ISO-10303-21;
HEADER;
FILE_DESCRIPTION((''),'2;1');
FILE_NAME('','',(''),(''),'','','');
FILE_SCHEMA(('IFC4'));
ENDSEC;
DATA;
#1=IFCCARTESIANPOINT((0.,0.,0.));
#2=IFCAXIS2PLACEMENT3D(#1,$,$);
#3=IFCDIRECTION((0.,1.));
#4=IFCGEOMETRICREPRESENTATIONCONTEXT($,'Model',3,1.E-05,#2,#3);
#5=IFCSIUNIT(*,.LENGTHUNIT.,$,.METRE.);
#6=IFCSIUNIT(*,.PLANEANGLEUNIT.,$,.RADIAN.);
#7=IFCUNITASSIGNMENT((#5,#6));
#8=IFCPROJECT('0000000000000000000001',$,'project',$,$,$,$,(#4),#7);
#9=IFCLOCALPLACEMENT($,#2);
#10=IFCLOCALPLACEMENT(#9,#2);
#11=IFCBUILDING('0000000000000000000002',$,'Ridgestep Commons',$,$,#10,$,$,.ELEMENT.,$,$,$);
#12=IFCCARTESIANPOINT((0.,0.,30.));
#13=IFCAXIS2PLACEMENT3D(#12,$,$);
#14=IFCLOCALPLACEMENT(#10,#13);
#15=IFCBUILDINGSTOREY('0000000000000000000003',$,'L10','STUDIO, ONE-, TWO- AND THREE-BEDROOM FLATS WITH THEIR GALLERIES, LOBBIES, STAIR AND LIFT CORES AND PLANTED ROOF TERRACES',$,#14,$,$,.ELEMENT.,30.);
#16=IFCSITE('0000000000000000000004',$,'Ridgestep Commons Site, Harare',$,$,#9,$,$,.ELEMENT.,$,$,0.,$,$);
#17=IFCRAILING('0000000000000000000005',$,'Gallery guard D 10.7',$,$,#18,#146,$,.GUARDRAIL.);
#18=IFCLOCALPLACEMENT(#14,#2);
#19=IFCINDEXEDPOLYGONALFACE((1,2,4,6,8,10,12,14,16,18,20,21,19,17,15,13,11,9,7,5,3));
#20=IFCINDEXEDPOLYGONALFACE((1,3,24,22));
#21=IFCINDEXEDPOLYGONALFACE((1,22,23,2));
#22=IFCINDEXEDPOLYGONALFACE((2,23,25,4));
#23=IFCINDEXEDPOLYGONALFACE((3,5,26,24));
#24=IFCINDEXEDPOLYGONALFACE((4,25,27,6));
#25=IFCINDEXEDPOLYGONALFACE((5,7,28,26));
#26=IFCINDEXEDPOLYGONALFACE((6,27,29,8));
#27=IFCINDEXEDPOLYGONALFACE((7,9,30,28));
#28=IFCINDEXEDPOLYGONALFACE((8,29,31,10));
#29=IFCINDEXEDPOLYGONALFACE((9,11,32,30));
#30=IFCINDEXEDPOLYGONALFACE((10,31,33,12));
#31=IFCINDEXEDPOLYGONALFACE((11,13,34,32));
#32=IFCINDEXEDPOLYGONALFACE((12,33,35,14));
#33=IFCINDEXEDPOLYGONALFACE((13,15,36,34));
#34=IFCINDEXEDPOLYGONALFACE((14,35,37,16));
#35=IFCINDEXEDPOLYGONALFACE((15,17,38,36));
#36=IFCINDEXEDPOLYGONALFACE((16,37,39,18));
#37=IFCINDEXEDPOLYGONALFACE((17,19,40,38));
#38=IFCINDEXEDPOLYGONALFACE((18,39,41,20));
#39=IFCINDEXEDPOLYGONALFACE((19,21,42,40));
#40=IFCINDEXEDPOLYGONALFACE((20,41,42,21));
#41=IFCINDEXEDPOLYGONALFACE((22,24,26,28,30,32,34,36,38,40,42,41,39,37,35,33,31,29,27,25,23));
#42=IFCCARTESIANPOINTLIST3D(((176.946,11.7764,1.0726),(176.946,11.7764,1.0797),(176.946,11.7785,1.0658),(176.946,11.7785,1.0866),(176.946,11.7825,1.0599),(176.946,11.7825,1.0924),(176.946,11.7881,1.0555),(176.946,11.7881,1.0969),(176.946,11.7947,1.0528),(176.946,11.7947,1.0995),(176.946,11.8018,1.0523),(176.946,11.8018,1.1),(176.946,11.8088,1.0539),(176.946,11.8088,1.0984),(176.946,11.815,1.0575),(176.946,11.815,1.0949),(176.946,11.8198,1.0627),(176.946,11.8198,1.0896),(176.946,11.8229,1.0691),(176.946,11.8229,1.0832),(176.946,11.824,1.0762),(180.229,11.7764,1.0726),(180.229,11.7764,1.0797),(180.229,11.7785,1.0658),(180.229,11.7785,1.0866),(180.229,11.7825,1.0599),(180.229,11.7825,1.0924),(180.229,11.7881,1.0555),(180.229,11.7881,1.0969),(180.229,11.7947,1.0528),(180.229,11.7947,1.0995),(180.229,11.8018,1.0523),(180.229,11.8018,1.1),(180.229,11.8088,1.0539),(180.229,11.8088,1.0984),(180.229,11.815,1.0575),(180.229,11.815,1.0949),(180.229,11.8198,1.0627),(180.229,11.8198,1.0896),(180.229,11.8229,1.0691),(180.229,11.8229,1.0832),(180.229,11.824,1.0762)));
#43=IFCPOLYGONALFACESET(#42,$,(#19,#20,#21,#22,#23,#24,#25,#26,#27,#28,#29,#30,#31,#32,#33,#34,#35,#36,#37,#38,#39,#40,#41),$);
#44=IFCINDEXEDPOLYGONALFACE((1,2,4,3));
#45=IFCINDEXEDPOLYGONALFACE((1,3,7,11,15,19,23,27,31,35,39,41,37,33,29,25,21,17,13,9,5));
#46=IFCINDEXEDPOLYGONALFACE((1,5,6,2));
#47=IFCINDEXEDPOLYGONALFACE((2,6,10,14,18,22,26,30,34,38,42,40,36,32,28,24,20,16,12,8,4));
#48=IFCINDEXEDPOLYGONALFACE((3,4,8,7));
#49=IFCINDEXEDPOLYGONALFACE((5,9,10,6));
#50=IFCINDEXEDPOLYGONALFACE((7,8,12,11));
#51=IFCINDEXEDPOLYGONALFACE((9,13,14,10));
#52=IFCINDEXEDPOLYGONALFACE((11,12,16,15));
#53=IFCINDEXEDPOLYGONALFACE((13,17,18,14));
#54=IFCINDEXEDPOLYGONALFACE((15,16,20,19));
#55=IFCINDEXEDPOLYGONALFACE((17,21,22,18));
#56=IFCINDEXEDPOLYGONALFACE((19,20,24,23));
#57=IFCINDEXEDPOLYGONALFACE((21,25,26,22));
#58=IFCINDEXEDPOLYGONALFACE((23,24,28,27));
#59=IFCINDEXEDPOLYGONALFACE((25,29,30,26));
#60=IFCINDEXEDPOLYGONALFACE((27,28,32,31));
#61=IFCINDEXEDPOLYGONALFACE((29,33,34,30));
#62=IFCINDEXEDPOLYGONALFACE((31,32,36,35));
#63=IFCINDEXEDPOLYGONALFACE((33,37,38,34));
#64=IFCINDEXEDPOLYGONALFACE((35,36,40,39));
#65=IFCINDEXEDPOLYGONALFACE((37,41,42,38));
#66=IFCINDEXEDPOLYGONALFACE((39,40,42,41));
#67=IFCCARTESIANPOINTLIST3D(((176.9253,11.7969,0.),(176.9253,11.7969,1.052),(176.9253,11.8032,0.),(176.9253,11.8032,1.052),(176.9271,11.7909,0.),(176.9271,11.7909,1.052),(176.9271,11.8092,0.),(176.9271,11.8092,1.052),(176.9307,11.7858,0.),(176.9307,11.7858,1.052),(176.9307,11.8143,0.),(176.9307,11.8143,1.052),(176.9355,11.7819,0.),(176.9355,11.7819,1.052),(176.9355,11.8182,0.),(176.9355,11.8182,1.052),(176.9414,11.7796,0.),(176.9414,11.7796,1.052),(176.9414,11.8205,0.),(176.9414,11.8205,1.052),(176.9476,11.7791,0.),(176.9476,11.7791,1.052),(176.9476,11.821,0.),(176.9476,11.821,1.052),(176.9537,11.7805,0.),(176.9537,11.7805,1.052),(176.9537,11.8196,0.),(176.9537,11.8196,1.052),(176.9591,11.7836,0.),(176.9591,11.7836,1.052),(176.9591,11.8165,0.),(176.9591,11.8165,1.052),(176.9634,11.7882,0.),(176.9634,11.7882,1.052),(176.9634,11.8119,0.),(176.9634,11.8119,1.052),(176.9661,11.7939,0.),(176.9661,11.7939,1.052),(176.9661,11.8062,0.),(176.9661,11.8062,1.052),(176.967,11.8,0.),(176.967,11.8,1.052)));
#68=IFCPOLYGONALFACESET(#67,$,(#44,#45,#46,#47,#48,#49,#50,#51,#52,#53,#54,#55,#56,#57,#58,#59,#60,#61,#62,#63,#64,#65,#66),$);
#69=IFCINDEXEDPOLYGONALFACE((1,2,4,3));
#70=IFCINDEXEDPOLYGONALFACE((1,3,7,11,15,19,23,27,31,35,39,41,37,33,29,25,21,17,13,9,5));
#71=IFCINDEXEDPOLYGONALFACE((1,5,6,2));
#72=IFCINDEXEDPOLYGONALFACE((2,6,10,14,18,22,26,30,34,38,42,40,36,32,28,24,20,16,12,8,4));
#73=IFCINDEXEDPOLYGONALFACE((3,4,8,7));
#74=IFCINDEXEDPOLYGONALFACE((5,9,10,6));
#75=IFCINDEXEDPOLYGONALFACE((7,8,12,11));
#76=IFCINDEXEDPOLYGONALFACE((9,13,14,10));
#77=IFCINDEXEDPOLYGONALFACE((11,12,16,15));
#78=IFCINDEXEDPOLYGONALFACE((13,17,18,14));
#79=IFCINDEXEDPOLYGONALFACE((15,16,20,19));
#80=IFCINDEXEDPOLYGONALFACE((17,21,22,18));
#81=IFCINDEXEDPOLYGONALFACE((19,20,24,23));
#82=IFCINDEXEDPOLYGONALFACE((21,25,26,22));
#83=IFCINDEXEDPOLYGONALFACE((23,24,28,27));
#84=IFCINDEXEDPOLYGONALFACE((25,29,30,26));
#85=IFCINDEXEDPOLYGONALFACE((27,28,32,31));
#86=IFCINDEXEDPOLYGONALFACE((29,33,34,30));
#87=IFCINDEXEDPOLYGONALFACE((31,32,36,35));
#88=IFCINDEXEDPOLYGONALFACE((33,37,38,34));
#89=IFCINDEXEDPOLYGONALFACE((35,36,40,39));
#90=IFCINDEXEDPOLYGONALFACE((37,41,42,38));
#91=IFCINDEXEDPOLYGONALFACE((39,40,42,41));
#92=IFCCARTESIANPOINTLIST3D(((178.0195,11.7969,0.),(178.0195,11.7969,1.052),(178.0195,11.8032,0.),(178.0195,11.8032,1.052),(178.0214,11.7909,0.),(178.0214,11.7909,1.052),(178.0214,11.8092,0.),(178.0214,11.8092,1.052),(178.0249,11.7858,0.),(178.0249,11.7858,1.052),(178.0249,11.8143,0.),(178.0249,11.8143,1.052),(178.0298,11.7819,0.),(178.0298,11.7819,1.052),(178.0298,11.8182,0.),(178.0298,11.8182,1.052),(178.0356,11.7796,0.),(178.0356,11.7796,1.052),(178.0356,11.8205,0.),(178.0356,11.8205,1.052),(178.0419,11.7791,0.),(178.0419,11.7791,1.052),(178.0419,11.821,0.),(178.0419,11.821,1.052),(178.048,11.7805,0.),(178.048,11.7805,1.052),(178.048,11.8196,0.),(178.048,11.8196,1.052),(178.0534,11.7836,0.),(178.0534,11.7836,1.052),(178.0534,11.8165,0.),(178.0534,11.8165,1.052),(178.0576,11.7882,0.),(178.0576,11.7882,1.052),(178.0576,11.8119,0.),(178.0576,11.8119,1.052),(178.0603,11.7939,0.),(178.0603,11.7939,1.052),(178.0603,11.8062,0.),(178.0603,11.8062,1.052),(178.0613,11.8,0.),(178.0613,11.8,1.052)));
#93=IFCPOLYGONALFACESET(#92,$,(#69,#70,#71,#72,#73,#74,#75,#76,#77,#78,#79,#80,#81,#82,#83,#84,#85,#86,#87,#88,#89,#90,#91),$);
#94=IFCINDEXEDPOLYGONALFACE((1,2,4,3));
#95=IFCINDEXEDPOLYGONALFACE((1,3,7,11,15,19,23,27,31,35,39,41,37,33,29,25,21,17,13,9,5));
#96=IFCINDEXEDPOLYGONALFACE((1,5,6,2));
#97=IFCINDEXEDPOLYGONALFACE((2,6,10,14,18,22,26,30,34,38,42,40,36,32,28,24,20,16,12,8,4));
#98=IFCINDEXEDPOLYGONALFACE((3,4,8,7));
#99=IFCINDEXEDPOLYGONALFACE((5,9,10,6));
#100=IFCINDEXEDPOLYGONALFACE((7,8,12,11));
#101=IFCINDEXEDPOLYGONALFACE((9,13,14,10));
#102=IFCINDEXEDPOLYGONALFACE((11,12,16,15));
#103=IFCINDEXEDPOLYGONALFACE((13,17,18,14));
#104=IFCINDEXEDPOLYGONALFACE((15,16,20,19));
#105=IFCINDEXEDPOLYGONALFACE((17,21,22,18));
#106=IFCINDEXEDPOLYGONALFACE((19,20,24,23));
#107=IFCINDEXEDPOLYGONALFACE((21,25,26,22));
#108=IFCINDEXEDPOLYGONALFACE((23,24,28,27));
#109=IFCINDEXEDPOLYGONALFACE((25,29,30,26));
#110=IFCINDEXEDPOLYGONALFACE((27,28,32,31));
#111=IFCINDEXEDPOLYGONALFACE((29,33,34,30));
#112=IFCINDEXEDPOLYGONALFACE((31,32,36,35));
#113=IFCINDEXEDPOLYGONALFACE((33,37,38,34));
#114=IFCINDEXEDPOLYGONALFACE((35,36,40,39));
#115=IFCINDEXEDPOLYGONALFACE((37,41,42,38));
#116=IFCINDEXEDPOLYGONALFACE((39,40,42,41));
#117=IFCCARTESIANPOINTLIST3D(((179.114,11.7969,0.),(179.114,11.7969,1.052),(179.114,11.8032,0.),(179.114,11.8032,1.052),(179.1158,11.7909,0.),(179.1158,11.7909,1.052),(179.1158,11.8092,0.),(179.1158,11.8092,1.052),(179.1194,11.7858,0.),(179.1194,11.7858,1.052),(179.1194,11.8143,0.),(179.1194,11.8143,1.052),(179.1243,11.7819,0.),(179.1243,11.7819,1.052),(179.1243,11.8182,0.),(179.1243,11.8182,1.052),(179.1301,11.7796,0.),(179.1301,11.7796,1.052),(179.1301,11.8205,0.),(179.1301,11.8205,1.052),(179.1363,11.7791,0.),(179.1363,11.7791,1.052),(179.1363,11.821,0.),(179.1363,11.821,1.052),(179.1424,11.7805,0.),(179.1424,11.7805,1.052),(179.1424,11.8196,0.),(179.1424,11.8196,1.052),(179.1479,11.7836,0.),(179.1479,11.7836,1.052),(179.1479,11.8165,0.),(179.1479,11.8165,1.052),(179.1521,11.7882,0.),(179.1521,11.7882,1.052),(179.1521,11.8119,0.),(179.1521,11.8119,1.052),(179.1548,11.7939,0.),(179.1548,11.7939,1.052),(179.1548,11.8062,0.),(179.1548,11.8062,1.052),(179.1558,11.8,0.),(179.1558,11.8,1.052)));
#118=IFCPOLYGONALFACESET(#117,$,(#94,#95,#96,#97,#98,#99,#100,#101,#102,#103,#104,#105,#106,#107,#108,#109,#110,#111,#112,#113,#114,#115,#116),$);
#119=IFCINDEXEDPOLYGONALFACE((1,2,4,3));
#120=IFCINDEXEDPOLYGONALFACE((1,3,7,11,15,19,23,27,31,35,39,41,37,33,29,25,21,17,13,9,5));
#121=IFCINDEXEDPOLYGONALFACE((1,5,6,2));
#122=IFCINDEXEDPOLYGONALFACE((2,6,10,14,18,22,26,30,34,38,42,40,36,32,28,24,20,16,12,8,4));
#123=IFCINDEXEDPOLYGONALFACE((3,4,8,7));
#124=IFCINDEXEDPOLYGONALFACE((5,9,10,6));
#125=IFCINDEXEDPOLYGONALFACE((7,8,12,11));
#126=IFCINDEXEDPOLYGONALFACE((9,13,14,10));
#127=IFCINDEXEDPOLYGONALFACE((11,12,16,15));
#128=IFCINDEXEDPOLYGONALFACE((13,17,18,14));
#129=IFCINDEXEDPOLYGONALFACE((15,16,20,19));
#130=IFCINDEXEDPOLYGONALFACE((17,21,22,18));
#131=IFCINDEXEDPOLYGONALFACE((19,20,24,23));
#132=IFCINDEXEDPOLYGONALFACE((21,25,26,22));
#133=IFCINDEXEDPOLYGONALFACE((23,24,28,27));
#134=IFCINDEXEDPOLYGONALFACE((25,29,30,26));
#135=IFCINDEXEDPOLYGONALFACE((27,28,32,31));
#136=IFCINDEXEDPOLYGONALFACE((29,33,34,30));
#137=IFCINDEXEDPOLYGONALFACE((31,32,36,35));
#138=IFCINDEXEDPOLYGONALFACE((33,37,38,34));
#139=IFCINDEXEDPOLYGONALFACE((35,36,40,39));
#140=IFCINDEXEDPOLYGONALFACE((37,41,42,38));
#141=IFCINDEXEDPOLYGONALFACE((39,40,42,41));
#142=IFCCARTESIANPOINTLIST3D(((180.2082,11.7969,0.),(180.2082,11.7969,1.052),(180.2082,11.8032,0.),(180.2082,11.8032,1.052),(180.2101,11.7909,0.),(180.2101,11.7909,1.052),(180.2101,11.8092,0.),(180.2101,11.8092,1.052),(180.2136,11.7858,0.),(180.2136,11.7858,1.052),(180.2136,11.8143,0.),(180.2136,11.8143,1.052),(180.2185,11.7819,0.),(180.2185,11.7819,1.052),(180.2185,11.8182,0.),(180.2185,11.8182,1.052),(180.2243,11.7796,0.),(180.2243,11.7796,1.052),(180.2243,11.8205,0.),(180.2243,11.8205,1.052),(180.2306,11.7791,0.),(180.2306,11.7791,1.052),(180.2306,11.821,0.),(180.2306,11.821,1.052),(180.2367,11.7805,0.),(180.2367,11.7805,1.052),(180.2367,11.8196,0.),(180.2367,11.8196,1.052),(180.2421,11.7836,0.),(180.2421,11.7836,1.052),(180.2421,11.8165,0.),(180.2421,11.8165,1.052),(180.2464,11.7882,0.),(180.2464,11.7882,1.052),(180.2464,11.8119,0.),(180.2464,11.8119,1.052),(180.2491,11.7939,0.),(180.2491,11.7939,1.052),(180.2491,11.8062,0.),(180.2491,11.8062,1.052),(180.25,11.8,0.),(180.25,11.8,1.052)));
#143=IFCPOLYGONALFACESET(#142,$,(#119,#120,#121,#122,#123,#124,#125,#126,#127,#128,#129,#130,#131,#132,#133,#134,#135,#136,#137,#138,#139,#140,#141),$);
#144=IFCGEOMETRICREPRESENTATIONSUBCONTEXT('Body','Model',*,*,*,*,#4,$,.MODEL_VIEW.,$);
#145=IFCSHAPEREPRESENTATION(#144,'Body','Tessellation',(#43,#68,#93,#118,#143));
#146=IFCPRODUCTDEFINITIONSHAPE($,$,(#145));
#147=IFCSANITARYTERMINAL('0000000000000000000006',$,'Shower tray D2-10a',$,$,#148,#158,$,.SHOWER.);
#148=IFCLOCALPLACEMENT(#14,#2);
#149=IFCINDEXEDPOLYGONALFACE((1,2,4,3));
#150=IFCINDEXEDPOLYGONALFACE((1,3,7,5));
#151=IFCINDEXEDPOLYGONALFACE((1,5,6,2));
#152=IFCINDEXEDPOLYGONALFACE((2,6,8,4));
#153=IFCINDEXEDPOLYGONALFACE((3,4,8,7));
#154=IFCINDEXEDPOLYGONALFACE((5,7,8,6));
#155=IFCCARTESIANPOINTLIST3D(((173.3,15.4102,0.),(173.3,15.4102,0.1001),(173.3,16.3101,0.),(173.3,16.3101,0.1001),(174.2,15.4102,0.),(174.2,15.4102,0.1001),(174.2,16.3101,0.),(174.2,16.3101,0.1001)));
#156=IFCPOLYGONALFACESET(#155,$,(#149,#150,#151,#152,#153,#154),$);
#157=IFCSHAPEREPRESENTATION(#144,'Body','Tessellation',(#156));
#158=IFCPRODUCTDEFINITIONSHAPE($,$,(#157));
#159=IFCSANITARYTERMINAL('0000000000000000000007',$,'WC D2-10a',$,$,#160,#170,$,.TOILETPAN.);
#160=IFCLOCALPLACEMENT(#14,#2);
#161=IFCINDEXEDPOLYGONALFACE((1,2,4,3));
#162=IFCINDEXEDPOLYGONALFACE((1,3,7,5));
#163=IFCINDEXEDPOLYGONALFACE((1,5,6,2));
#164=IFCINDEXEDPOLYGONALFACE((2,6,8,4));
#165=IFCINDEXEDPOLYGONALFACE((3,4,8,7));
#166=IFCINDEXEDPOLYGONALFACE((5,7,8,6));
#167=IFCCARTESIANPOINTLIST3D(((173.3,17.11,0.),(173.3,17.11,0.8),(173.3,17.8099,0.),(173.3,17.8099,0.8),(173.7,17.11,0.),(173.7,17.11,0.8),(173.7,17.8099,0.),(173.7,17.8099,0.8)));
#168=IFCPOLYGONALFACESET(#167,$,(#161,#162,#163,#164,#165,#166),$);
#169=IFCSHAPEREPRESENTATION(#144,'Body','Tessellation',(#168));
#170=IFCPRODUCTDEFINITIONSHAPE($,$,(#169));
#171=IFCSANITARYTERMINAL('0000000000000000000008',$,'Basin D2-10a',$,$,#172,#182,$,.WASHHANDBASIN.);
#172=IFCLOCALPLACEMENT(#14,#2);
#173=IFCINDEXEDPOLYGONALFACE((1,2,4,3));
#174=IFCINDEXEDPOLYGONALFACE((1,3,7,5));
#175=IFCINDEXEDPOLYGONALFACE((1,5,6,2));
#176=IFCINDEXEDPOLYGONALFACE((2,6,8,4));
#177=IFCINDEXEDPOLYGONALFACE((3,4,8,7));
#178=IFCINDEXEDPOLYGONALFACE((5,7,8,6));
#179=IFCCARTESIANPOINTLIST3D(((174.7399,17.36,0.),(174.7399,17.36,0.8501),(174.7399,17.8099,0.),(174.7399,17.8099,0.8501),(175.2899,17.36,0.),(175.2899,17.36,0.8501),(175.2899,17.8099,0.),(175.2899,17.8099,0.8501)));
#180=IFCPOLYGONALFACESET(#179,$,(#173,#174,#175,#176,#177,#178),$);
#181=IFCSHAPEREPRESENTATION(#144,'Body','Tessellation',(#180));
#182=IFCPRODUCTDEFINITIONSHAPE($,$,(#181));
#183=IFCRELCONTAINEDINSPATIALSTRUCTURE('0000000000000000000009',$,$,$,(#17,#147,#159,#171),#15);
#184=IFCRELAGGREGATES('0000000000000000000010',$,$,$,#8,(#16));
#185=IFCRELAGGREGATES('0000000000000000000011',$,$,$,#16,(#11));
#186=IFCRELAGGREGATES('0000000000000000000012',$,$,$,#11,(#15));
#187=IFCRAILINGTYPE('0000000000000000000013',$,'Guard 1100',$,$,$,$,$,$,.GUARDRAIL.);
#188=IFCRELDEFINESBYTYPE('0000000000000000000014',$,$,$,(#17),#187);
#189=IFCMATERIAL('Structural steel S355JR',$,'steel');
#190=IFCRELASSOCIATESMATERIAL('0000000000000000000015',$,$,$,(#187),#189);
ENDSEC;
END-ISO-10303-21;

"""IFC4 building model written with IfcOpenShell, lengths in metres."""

from ifc_helpers import new_model, si_unit, direction, frame, origin, origin_2d, place, context, subcontext, project, spatial, rectangle, circle, extrude, material, type_object, element, save


model = new_model("IFC4")

# Units and contexts
model_context = context("Model", 3, precision=1e-05, world=origin(), true_north=direction((0.0, 1.0)))
body_context = subcontext(model_context, "Body", "Model", "MODEL_VIEW")
ifc_project = project(units=[si_unit("LENGTHUNIT", "METRE"), si_unit("PLANEANGLEUNIT", "RADIAN")], contexts=[model_context])

# Site, building, storey
site_placement = place(None, origin())
site = spatial("IfcSite", under=ifc_project, at=site_placement, Name="Ridgestep Commons Site, Harare", CompositionType="ELEMENT", RefElevation=0.0)
building_placement = place(site_placement, origin())
building = spatial("IfcBuilding", under=site, at=building_placement, Name="Ridgestep Commons", CompositionType="ELEMENT")
storey_placement = place(building_placement, frame((0.0, 0.0, 30.0)))
storey = spatial("IfcBuildingStorey", under=building, at=storey_placement, Name="L10", Description="STUDIO, ONE-, TWO- AND THREE-BEDROOM FLATS WITH THEIR GALLERIES, LOBBIES, STAIR AND LIFT CORES AND PLANTED ROOF TERRACES", CompositionType="ELEMENT", Elevation=30.0)

# Railing
ifc_material_1 = material(Name="Structural steel S355JR", Category="steel")
railing_type = type_object("IfcRailingType", Name="Guard 1100", PredefinedType="GUARDRAIL", material=ifc_material_1)
railing_1_placement = place(storey_placement, frame((176.946, 11.8, 0.0)))
element("IfcRailing", 1, at=railing_1_placement, inside=storey, type_object=railing_type, Name="Gallery guard D 10.7", PredefinedType="GUARDRAIL", context=body_context, shape_type="SweptSolid", body=[
    extrude(circle(Radius=0.0239, at=origin_2d()), frame((0.0, 0.0, 1.0762), z_axis=(1.0, 0.0, 0.0), x_axis=(0.0, 1.0, 0.0)), (0.0, 0.0, 1.0), 3.283),
    extrude(circle(Radius=0.021, at=origin_2d()), origin(), (0.0, 0.0, 1.0), 1.052),
    extrude(circle(Radius=0.021, at=origin_2d()), frame((1.0942, 0.0, 0.0)), (0.0, 0.0, 1.0), 1.052),
    extrude(circle(Radius=0.021, at=origin_2d()), frame((2.1887, 0.0, 0.0)), (0.0, 0.0, 1.0), 1.052),
    extrude(circle(Radius=0.021, at=origin_2d()), frame((3.283, 0.0, 0.0)), (0.0, 0.0, 1.0), 1.052),
])

# Sanitary terminals
sanitary_terminal_1_placement = place(storey_placement, frame((173.75, 15.8601, 0.0), z_axis=(0.0, 0.0, 1.0), x_axis=(1.0, 0.0, 0.0)))
element("IfcSanitaryTerminal", 2, at=sanitary_terminal_1_placement, inside=storey, Name="Shower tray D2-10a", PredefinedType="SHOWER", context=body_context, shape_type="SweptSolid", body=[
    extrude(rectangle(XDim=0.8999, YDim=0.8999, at=origin_2d()), origin(), (0.0, 0.0, 1.0), 0.1001),
])
sanitary_terminal_2_placement = place(storey_placement, frame((173.5, 17.46, 0.0), z_axis=(0.0, 0.0, 1.0), x_axis=(1.0, 0.0, 0.0)))
element("IfcSanitaryTerminal", 3, at=sanitary_terminal_2_placement, inside=storey, Name="WC D2-10a", PredefinedType="TOILETPAN", context=body_context, shape_type="SweptSolid", body=[
    extrude(rectangle(XDim=0.3999, YDim=0.7, at=origin_2d()), origin(), (0.0, 0.0, 1.0), 0.8),
])
sanitary_terminal_3_placement = place(storey_placement, frame((175.0149, 17.585, 0.0), z_axis=(0.0, 0.0, 1.0), x_axis=(1.0, 0.0, 0.0)))
element("IfcSanitaryTerminal", 4, at=sanitary_terminal_3_placement, inside=storey, Name="Basin D2-10a", PredefinedType="WASHHANDBASIN", context=body_context, shape_type="SweptSolid", body=[
    extrude(rectangle(XDim=0.55, YDim=0.45, at=origin_2d()), origin(), (0.0, 0.0, 1.0), 0.8501),
])

save(model, "model.ifc")
